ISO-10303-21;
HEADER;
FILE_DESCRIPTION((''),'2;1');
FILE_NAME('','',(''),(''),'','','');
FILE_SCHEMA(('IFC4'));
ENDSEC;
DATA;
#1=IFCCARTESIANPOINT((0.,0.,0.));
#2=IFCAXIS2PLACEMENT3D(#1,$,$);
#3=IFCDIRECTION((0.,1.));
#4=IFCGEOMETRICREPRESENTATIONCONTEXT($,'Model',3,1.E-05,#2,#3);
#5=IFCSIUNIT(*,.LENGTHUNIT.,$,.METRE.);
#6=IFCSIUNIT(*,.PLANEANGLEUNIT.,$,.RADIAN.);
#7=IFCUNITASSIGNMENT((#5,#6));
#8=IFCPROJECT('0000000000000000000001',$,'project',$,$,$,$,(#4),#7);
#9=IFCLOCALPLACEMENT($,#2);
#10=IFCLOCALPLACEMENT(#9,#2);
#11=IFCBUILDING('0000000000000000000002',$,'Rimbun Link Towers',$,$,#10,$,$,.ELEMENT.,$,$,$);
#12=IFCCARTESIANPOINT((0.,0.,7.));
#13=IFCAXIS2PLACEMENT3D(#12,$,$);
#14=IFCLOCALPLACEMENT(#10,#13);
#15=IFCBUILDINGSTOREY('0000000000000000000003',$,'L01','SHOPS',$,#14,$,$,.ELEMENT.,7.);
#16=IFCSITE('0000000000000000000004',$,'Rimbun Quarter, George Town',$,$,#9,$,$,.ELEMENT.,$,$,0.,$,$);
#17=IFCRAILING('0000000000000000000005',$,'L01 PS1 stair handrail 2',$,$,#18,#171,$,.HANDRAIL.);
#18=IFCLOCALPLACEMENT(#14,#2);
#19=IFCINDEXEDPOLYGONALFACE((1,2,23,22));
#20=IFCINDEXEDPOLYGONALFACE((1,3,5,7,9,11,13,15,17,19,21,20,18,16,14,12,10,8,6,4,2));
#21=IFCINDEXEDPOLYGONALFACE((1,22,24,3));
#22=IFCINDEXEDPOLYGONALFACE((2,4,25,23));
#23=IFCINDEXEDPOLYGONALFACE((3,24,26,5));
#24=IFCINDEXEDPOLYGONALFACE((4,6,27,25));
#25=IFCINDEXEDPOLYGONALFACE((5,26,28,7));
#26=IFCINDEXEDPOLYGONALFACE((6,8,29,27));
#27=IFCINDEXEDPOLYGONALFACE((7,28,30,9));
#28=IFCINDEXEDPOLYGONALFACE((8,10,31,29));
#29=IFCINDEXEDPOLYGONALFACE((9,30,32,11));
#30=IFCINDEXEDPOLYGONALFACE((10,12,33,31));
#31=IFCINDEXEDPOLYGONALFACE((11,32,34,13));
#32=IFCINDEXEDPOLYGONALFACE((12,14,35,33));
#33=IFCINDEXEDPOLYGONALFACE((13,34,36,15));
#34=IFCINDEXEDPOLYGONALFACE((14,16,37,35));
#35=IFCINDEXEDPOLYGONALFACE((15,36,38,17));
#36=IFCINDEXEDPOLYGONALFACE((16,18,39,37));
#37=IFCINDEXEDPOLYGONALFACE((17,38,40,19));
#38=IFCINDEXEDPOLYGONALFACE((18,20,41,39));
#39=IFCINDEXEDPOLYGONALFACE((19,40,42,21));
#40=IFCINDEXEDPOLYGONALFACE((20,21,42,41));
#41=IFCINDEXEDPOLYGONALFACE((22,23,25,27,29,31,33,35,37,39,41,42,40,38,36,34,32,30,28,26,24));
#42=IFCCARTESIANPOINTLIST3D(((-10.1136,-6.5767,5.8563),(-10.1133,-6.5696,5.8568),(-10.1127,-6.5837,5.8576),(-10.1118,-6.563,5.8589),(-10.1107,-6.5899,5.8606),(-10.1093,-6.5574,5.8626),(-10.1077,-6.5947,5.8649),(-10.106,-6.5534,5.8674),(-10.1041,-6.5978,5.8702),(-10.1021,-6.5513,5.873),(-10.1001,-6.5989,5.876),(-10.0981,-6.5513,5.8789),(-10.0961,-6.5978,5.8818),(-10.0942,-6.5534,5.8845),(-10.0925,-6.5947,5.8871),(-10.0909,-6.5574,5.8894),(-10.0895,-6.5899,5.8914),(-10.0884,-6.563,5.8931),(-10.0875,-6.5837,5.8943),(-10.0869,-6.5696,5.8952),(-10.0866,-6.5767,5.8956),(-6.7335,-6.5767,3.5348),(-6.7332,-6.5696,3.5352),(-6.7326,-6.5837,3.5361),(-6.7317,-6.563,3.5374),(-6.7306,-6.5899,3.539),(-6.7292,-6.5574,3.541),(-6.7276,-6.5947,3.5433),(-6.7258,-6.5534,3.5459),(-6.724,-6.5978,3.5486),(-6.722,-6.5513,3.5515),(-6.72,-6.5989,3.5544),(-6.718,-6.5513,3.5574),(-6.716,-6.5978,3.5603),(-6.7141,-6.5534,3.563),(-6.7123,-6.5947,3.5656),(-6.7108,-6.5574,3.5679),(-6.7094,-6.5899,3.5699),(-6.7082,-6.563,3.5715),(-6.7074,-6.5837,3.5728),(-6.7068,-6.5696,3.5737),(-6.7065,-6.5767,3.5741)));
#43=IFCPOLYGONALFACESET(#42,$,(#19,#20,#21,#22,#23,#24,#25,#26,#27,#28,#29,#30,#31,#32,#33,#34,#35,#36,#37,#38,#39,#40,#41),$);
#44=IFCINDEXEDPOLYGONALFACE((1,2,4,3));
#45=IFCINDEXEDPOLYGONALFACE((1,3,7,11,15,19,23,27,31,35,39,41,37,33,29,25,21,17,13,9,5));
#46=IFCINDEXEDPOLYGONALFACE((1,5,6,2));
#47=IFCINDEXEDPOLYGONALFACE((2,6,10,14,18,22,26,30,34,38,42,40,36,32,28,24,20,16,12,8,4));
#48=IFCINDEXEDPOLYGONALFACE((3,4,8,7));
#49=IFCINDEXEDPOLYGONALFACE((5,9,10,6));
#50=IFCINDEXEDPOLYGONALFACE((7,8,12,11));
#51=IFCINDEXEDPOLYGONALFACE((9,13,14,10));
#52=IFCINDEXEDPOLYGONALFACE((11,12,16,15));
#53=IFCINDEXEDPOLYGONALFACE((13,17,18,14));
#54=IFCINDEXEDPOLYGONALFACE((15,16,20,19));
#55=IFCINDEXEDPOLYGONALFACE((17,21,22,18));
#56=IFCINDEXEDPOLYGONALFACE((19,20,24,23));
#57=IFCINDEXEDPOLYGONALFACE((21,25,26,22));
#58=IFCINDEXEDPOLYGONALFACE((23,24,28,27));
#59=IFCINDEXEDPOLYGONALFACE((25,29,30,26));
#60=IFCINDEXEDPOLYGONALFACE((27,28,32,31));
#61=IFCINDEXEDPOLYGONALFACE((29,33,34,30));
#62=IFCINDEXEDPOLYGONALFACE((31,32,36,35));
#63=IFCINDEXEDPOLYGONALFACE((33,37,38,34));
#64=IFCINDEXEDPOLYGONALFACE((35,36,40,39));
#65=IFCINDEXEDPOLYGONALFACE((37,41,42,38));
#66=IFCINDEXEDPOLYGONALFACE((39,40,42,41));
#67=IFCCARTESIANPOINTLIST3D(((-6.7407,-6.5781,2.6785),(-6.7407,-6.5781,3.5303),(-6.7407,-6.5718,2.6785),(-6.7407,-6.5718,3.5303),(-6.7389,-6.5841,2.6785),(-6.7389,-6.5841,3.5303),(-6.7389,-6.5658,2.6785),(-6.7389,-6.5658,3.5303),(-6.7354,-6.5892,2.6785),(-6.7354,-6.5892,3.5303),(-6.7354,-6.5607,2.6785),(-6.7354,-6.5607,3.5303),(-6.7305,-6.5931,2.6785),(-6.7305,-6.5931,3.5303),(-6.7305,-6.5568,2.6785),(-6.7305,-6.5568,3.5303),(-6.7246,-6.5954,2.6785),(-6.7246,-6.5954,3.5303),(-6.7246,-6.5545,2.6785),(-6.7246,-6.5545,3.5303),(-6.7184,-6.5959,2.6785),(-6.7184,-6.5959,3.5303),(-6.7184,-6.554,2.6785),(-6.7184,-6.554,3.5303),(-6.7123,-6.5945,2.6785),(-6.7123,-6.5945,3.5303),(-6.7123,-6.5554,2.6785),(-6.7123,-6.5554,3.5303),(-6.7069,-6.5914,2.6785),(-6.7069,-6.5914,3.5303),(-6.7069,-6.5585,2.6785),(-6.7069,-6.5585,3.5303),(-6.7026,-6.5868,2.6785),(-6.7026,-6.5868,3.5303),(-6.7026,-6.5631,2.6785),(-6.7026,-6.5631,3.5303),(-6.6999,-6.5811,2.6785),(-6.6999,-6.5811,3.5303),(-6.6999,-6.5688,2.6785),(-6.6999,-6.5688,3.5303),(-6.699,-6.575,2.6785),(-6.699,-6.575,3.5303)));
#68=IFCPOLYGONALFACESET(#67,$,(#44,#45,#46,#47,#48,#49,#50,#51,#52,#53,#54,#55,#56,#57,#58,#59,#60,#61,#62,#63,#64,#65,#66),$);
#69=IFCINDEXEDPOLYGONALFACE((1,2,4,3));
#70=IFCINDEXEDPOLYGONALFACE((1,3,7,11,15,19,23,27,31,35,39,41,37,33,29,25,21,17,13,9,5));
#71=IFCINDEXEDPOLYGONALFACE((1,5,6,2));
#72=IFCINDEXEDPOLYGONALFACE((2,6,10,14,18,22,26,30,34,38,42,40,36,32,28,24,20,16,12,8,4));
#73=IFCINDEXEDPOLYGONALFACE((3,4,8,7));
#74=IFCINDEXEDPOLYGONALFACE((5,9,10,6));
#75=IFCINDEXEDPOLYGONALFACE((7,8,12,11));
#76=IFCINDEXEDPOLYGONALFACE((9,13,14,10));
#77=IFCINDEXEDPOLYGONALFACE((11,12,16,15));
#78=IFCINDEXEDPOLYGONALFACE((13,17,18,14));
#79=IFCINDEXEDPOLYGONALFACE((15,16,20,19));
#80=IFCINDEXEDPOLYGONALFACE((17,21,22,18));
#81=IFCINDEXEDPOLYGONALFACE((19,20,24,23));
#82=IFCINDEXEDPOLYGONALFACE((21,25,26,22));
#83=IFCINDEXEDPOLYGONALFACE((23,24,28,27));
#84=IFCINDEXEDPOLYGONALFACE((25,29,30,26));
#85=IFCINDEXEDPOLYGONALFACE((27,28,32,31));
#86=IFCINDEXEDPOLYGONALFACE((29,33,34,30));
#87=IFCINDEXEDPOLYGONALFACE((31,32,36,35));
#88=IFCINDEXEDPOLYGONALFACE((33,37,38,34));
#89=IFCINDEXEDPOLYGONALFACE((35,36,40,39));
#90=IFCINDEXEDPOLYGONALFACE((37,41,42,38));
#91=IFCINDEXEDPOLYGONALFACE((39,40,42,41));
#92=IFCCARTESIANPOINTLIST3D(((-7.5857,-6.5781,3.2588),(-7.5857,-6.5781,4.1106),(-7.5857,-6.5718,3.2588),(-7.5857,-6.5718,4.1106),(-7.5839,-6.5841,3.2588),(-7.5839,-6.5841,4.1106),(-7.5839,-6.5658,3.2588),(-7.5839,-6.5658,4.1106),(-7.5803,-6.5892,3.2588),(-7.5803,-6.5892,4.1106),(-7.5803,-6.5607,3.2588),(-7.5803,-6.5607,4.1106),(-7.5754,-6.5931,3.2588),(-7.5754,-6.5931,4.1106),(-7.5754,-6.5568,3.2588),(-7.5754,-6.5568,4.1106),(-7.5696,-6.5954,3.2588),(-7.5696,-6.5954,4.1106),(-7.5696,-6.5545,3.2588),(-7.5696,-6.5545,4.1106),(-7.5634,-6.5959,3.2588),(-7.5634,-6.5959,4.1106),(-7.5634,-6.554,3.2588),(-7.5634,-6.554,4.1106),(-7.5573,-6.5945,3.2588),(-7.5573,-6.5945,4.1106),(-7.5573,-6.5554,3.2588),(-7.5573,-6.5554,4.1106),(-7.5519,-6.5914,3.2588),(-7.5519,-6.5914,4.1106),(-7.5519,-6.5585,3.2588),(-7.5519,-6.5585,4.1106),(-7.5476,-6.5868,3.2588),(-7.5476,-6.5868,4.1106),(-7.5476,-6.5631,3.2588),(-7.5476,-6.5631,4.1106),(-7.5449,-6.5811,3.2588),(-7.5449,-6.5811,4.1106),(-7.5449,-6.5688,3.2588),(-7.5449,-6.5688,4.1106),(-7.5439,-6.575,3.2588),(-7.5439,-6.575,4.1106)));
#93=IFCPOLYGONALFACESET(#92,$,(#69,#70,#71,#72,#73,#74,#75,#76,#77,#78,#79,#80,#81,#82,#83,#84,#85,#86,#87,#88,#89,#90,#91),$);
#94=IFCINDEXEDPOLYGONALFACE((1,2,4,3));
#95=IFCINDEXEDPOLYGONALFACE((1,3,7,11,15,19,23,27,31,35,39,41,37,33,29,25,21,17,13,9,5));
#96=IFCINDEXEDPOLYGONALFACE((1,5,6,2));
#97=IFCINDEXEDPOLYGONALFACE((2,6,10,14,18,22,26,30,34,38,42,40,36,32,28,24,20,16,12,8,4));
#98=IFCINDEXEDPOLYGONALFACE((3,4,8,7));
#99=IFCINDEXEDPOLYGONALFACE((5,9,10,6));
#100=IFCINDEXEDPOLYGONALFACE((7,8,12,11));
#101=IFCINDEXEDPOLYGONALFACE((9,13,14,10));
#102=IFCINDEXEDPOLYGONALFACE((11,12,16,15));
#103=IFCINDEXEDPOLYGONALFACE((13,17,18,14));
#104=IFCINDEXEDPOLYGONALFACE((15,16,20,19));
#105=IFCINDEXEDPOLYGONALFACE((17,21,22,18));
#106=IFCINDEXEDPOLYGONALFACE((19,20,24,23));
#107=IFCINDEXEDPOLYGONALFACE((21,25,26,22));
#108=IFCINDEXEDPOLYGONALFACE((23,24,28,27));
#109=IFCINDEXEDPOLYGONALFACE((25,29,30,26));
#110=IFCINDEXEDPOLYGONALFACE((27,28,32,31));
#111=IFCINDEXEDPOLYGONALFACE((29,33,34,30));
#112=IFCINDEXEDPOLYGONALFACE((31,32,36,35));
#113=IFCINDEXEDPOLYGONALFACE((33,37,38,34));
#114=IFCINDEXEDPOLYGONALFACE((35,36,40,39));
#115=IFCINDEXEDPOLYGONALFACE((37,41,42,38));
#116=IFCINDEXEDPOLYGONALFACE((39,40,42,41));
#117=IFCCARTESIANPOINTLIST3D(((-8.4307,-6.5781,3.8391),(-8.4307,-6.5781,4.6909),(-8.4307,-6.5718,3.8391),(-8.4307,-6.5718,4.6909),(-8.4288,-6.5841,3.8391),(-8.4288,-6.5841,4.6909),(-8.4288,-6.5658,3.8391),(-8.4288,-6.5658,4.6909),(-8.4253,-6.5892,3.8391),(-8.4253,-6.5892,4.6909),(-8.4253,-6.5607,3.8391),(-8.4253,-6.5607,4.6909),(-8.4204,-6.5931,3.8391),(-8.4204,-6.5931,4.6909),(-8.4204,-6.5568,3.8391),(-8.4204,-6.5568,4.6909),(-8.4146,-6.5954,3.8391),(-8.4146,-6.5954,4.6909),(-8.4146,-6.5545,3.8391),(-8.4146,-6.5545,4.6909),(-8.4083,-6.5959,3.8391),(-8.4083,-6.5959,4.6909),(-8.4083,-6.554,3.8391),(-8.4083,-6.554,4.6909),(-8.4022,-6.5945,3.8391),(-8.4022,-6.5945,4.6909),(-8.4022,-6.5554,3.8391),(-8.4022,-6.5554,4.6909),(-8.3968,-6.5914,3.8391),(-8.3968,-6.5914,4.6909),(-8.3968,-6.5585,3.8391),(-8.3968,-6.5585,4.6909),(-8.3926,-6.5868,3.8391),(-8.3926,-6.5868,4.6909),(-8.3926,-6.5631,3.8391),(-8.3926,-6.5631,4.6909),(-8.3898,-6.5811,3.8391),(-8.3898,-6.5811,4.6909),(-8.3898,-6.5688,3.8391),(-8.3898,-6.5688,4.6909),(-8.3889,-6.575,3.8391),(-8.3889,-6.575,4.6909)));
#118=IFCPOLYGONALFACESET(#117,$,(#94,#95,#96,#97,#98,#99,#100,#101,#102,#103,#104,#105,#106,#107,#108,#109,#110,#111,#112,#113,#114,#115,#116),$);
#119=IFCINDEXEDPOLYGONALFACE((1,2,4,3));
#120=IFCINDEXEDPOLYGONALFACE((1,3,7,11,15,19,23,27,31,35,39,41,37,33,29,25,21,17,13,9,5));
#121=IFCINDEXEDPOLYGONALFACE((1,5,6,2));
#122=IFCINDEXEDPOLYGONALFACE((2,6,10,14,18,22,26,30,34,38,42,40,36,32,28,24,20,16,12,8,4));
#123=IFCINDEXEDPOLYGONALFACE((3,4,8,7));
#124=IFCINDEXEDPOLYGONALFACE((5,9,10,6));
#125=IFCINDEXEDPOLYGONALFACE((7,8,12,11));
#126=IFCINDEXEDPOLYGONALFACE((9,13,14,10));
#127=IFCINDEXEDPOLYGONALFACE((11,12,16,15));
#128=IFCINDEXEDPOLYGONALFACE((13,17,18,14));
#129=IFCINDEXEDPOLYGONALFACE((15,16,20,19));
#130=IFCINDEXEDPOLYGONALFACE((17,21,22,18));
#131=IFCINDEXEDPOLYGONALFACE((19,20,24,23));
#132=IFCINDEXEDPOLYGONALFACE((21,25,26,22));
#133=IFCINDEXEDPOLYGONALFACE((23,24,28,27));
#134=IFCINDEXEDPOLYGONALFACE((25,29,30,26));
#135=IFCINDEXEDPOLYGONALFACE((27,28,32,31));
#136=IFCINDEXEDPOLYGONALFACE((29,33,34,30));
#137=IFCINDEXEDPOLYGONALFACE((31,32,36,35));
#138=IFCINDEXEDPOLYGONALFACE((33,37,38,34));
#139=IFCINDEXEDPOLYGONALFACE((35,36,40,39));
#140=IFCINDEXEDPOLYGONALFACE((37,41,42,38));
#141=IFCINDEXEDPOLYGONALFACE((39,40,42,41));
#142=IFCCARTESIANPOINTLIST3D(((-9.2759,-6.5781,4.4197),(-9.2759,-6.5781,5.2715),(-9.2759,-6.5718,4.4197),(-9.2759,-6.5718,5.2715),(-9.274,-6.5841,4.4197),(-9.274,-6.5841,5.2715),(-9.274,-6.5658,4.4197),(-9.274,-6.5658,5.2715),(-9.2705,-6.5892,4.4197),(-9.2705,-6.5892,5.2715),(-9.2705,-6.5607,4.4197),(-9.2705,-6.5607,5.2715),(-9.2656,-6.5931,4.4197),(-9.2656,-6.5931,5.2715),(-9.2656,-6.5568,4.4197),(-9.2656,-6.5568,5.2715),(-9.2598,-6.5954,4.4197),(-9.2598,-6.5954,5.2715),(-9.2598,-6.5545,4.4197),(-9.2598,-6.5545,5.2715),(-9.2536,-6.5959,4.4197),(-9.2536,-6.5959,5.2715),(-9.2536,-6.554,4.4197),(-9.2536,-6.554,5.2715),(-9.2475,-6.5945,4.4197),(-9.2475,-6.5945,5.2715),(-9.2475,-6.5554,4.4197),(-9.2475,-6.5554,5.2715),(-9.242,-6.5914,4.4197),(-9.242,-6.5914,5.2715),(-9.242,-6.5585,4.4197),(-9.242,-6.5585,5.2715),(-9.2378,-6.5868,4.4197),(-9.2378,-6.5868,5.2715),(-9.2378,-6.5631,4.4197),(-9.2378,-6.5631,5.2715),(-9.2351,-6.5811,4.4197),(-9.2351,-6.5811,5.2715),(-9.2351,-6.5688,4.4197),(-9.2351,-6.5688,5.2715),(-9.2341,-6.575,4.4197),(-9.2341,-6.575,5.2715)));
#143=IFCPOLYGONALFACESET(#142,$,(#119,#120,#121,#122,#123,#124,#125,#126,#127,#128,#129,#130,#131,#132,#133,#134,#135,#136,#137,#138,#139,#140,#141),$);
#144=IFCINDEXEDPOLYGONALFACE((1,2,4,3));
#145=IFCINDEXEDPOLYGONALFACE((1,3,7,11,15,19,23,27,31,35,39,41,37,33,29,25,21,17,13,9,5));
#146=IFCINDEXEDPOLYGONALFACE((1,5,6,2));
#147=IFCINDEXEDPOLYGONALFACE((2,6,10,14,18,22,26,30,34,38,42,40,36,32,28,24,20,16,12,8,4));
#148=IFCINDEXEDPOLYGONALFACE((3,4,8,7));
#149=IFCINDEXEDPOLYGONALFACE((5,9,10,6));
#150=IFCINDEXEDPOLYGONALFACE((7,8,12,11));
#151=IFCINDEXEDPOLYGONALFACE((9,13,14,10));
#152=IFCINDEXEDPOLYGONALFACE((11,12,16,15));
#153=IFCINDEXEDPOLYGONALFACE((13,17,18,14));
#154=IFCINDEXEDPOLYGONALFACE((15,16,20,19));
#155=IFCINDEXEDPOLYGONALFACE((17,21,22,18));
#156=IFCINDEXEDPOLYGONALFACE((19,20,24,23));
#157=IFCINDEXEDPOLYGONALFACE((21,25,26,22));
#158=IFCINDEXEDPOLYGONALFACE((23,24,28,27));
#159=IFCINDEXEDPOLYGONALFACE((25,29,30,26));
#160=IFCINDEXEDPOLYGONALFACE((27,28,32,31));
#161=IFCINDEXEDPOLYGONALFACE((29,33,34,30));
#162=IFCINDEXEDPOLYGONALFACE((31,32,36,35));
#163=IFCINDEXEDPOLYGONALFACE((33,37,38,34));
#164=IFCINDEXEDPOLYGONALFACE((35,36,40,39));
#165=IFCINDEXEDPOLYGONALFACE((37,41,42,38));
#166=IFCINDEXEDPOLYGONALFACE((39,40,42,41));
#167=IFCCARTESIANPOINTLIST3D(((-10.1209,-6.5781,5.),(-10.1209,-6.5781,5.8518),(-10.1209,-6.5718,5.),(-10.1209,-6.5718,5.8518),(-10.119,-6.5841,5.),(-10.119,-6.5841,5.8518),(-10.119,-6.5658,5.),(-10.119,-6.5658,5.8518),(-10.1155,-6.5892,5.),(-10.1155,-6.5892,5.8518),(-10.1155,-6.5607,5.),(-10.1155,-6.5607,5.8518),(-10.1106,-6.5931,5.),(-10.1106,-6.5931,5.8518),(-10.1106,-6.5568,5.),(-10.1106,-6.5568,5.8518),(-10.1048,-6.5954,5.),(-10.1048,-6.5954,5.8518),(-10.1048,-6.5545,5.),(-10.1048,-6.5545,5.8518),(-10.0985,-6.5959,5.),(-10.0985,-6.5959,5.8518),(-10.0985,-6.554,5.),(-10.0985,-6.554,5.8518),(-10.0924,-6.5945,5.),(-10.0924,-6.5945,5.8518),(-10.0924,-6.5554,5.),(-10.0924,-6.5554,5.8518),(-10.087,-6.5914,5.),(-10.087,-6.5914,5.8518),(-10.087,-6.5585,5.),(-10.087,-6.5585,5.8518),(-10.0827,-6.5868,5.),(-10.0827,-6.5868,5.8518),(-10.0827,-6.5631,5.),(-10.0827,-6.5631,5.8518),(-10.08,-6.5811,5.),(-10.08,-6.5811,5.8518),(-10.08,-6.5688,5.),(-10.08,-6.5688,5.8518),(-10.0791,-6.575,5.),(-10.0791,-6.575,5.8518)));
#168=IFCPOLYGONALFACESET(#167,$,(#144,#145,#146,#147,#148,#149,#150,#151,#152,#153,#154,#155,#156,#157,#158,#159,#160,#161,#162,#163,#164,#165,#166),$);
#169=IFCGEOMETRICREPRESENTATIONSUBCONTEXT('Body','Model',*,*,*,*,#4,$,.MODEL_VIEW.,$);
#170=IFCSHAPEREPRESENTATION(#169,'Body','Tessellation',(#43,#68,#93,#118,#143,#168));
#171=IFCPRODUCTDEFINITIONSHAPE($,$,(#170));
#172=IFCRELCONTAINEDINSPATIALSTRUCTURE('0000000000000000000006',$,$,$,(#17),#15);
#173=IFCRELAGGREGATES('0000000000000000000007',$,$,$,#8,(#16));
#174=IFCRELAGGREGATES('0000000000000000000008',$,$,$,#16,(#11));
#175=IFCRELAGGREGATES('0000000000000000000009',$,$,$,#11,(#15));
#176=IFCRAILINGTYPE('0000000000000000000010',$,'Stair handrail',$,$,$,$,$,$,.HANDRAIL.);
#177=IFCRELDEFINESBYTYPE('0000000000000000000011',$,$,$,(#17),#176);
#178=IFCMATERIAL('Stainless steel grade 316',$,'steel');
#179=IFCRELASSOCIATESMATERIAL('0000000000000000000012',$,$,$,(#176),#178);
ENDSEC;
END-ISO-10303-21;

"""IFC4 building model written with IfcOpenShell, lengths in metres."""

from ifc_helpers import new_model, si_unit, direction, frame, origin, origin_2d, place, context, subcontext, project, spatial, circle, extrude, material, type_object, element, save


model = new_model("IFC4")

# Units and contexts
model_context = context("Model", 3, precision=1e-05, world=origin(), true_north=direction((0.0, 1.0)))
body_context = subcontext(model_context, "Body", "Model", "MODEL_VIEW")
ifc_project = project(units=[si_unit("LENGTHUNIT", "METRE"), si_unit("PLANEANGLEUNIT", "RADIAN")], contexts=[model_context])

# Site, building, storey
site_placement = place(None, origin())
site = spatial("IfcSite", under=ifc_project, at=site_placement, Name="Rimbun Quarter, George Town", CompositionType="ELEMENT", RefElevation=0.0)
building_placement = place(site_placement, origin())
building = spatial("IfcBuilding", under=site, at=building_placement, Name="Rimbun Link Towers", CompositionType="ELEMENT")
storey_placement = place(building_placement, frame((0.0, 0.0, 7.0)))
storey = spatial("IfcBuildingStorey", under=building, at=storey_placement, Name="L01", Description="SHOPS", CompositionType="ELEMENT", Elevation=7.0)

# Railing
ifc_material_1 = material(Name="Stainless steel grade 316", Category="steel")
railing_type_1 = type_object("IfcRailingType", Name="Stair handrail", PredefinedType="HANDRAIL", material=ifc_material_1)
railing_1_placement = place(storey_placement, frame((-6.72, -6.575, 2.6785)))
element("IfcRailing", 1, at=railing_1_placement, inside=storey, type_object=railing_type_1, Name="L01 PS1 stair handrail 2", PredefinedType="HANDRAIL", context=body_context, shape_type="SweptSolid", body=[
    extrude(circle(Radius=0.0239, at=origin_2d()), frame((0.0, 0.0, 0.876), z_axis=(-0.824304, 0.0, 0.566147), x_axis=(0.0, -1.0, 0.0)), (0.0, 0.0, 1.0), 4.1006),
    extrude(circle(Radius=0.021, at=origin_2d()), origin(), (0.0, 0.0, 1.0), 0.8518),
    extrude(circle(Radius=0.021, at=origin_2d()), frame((-0.845, 0.0, 0.5803)), (0.0, 0.0, 1.0), 0.8518),
    extrude(circle(Radius=0.021, at=origin_2d()), frame((-1.6899, 0.0, 1.1606)), (0.0, 0.0, 1.0), 0.8518),
    extrude(circle(Radius=0.021, at=origin_2d()), frame((-2.5352, 0.0, 1.7412)), (0.0, 0.0, 1.0), 0.8518),
    extrude(circle(Radius=0.021, at=origin_2d()), frame((-3.3801, 0.0, 2.3215)), (0.0, 0.0, 1.0), 0.8518),
])

save(model, "model.ifc")
